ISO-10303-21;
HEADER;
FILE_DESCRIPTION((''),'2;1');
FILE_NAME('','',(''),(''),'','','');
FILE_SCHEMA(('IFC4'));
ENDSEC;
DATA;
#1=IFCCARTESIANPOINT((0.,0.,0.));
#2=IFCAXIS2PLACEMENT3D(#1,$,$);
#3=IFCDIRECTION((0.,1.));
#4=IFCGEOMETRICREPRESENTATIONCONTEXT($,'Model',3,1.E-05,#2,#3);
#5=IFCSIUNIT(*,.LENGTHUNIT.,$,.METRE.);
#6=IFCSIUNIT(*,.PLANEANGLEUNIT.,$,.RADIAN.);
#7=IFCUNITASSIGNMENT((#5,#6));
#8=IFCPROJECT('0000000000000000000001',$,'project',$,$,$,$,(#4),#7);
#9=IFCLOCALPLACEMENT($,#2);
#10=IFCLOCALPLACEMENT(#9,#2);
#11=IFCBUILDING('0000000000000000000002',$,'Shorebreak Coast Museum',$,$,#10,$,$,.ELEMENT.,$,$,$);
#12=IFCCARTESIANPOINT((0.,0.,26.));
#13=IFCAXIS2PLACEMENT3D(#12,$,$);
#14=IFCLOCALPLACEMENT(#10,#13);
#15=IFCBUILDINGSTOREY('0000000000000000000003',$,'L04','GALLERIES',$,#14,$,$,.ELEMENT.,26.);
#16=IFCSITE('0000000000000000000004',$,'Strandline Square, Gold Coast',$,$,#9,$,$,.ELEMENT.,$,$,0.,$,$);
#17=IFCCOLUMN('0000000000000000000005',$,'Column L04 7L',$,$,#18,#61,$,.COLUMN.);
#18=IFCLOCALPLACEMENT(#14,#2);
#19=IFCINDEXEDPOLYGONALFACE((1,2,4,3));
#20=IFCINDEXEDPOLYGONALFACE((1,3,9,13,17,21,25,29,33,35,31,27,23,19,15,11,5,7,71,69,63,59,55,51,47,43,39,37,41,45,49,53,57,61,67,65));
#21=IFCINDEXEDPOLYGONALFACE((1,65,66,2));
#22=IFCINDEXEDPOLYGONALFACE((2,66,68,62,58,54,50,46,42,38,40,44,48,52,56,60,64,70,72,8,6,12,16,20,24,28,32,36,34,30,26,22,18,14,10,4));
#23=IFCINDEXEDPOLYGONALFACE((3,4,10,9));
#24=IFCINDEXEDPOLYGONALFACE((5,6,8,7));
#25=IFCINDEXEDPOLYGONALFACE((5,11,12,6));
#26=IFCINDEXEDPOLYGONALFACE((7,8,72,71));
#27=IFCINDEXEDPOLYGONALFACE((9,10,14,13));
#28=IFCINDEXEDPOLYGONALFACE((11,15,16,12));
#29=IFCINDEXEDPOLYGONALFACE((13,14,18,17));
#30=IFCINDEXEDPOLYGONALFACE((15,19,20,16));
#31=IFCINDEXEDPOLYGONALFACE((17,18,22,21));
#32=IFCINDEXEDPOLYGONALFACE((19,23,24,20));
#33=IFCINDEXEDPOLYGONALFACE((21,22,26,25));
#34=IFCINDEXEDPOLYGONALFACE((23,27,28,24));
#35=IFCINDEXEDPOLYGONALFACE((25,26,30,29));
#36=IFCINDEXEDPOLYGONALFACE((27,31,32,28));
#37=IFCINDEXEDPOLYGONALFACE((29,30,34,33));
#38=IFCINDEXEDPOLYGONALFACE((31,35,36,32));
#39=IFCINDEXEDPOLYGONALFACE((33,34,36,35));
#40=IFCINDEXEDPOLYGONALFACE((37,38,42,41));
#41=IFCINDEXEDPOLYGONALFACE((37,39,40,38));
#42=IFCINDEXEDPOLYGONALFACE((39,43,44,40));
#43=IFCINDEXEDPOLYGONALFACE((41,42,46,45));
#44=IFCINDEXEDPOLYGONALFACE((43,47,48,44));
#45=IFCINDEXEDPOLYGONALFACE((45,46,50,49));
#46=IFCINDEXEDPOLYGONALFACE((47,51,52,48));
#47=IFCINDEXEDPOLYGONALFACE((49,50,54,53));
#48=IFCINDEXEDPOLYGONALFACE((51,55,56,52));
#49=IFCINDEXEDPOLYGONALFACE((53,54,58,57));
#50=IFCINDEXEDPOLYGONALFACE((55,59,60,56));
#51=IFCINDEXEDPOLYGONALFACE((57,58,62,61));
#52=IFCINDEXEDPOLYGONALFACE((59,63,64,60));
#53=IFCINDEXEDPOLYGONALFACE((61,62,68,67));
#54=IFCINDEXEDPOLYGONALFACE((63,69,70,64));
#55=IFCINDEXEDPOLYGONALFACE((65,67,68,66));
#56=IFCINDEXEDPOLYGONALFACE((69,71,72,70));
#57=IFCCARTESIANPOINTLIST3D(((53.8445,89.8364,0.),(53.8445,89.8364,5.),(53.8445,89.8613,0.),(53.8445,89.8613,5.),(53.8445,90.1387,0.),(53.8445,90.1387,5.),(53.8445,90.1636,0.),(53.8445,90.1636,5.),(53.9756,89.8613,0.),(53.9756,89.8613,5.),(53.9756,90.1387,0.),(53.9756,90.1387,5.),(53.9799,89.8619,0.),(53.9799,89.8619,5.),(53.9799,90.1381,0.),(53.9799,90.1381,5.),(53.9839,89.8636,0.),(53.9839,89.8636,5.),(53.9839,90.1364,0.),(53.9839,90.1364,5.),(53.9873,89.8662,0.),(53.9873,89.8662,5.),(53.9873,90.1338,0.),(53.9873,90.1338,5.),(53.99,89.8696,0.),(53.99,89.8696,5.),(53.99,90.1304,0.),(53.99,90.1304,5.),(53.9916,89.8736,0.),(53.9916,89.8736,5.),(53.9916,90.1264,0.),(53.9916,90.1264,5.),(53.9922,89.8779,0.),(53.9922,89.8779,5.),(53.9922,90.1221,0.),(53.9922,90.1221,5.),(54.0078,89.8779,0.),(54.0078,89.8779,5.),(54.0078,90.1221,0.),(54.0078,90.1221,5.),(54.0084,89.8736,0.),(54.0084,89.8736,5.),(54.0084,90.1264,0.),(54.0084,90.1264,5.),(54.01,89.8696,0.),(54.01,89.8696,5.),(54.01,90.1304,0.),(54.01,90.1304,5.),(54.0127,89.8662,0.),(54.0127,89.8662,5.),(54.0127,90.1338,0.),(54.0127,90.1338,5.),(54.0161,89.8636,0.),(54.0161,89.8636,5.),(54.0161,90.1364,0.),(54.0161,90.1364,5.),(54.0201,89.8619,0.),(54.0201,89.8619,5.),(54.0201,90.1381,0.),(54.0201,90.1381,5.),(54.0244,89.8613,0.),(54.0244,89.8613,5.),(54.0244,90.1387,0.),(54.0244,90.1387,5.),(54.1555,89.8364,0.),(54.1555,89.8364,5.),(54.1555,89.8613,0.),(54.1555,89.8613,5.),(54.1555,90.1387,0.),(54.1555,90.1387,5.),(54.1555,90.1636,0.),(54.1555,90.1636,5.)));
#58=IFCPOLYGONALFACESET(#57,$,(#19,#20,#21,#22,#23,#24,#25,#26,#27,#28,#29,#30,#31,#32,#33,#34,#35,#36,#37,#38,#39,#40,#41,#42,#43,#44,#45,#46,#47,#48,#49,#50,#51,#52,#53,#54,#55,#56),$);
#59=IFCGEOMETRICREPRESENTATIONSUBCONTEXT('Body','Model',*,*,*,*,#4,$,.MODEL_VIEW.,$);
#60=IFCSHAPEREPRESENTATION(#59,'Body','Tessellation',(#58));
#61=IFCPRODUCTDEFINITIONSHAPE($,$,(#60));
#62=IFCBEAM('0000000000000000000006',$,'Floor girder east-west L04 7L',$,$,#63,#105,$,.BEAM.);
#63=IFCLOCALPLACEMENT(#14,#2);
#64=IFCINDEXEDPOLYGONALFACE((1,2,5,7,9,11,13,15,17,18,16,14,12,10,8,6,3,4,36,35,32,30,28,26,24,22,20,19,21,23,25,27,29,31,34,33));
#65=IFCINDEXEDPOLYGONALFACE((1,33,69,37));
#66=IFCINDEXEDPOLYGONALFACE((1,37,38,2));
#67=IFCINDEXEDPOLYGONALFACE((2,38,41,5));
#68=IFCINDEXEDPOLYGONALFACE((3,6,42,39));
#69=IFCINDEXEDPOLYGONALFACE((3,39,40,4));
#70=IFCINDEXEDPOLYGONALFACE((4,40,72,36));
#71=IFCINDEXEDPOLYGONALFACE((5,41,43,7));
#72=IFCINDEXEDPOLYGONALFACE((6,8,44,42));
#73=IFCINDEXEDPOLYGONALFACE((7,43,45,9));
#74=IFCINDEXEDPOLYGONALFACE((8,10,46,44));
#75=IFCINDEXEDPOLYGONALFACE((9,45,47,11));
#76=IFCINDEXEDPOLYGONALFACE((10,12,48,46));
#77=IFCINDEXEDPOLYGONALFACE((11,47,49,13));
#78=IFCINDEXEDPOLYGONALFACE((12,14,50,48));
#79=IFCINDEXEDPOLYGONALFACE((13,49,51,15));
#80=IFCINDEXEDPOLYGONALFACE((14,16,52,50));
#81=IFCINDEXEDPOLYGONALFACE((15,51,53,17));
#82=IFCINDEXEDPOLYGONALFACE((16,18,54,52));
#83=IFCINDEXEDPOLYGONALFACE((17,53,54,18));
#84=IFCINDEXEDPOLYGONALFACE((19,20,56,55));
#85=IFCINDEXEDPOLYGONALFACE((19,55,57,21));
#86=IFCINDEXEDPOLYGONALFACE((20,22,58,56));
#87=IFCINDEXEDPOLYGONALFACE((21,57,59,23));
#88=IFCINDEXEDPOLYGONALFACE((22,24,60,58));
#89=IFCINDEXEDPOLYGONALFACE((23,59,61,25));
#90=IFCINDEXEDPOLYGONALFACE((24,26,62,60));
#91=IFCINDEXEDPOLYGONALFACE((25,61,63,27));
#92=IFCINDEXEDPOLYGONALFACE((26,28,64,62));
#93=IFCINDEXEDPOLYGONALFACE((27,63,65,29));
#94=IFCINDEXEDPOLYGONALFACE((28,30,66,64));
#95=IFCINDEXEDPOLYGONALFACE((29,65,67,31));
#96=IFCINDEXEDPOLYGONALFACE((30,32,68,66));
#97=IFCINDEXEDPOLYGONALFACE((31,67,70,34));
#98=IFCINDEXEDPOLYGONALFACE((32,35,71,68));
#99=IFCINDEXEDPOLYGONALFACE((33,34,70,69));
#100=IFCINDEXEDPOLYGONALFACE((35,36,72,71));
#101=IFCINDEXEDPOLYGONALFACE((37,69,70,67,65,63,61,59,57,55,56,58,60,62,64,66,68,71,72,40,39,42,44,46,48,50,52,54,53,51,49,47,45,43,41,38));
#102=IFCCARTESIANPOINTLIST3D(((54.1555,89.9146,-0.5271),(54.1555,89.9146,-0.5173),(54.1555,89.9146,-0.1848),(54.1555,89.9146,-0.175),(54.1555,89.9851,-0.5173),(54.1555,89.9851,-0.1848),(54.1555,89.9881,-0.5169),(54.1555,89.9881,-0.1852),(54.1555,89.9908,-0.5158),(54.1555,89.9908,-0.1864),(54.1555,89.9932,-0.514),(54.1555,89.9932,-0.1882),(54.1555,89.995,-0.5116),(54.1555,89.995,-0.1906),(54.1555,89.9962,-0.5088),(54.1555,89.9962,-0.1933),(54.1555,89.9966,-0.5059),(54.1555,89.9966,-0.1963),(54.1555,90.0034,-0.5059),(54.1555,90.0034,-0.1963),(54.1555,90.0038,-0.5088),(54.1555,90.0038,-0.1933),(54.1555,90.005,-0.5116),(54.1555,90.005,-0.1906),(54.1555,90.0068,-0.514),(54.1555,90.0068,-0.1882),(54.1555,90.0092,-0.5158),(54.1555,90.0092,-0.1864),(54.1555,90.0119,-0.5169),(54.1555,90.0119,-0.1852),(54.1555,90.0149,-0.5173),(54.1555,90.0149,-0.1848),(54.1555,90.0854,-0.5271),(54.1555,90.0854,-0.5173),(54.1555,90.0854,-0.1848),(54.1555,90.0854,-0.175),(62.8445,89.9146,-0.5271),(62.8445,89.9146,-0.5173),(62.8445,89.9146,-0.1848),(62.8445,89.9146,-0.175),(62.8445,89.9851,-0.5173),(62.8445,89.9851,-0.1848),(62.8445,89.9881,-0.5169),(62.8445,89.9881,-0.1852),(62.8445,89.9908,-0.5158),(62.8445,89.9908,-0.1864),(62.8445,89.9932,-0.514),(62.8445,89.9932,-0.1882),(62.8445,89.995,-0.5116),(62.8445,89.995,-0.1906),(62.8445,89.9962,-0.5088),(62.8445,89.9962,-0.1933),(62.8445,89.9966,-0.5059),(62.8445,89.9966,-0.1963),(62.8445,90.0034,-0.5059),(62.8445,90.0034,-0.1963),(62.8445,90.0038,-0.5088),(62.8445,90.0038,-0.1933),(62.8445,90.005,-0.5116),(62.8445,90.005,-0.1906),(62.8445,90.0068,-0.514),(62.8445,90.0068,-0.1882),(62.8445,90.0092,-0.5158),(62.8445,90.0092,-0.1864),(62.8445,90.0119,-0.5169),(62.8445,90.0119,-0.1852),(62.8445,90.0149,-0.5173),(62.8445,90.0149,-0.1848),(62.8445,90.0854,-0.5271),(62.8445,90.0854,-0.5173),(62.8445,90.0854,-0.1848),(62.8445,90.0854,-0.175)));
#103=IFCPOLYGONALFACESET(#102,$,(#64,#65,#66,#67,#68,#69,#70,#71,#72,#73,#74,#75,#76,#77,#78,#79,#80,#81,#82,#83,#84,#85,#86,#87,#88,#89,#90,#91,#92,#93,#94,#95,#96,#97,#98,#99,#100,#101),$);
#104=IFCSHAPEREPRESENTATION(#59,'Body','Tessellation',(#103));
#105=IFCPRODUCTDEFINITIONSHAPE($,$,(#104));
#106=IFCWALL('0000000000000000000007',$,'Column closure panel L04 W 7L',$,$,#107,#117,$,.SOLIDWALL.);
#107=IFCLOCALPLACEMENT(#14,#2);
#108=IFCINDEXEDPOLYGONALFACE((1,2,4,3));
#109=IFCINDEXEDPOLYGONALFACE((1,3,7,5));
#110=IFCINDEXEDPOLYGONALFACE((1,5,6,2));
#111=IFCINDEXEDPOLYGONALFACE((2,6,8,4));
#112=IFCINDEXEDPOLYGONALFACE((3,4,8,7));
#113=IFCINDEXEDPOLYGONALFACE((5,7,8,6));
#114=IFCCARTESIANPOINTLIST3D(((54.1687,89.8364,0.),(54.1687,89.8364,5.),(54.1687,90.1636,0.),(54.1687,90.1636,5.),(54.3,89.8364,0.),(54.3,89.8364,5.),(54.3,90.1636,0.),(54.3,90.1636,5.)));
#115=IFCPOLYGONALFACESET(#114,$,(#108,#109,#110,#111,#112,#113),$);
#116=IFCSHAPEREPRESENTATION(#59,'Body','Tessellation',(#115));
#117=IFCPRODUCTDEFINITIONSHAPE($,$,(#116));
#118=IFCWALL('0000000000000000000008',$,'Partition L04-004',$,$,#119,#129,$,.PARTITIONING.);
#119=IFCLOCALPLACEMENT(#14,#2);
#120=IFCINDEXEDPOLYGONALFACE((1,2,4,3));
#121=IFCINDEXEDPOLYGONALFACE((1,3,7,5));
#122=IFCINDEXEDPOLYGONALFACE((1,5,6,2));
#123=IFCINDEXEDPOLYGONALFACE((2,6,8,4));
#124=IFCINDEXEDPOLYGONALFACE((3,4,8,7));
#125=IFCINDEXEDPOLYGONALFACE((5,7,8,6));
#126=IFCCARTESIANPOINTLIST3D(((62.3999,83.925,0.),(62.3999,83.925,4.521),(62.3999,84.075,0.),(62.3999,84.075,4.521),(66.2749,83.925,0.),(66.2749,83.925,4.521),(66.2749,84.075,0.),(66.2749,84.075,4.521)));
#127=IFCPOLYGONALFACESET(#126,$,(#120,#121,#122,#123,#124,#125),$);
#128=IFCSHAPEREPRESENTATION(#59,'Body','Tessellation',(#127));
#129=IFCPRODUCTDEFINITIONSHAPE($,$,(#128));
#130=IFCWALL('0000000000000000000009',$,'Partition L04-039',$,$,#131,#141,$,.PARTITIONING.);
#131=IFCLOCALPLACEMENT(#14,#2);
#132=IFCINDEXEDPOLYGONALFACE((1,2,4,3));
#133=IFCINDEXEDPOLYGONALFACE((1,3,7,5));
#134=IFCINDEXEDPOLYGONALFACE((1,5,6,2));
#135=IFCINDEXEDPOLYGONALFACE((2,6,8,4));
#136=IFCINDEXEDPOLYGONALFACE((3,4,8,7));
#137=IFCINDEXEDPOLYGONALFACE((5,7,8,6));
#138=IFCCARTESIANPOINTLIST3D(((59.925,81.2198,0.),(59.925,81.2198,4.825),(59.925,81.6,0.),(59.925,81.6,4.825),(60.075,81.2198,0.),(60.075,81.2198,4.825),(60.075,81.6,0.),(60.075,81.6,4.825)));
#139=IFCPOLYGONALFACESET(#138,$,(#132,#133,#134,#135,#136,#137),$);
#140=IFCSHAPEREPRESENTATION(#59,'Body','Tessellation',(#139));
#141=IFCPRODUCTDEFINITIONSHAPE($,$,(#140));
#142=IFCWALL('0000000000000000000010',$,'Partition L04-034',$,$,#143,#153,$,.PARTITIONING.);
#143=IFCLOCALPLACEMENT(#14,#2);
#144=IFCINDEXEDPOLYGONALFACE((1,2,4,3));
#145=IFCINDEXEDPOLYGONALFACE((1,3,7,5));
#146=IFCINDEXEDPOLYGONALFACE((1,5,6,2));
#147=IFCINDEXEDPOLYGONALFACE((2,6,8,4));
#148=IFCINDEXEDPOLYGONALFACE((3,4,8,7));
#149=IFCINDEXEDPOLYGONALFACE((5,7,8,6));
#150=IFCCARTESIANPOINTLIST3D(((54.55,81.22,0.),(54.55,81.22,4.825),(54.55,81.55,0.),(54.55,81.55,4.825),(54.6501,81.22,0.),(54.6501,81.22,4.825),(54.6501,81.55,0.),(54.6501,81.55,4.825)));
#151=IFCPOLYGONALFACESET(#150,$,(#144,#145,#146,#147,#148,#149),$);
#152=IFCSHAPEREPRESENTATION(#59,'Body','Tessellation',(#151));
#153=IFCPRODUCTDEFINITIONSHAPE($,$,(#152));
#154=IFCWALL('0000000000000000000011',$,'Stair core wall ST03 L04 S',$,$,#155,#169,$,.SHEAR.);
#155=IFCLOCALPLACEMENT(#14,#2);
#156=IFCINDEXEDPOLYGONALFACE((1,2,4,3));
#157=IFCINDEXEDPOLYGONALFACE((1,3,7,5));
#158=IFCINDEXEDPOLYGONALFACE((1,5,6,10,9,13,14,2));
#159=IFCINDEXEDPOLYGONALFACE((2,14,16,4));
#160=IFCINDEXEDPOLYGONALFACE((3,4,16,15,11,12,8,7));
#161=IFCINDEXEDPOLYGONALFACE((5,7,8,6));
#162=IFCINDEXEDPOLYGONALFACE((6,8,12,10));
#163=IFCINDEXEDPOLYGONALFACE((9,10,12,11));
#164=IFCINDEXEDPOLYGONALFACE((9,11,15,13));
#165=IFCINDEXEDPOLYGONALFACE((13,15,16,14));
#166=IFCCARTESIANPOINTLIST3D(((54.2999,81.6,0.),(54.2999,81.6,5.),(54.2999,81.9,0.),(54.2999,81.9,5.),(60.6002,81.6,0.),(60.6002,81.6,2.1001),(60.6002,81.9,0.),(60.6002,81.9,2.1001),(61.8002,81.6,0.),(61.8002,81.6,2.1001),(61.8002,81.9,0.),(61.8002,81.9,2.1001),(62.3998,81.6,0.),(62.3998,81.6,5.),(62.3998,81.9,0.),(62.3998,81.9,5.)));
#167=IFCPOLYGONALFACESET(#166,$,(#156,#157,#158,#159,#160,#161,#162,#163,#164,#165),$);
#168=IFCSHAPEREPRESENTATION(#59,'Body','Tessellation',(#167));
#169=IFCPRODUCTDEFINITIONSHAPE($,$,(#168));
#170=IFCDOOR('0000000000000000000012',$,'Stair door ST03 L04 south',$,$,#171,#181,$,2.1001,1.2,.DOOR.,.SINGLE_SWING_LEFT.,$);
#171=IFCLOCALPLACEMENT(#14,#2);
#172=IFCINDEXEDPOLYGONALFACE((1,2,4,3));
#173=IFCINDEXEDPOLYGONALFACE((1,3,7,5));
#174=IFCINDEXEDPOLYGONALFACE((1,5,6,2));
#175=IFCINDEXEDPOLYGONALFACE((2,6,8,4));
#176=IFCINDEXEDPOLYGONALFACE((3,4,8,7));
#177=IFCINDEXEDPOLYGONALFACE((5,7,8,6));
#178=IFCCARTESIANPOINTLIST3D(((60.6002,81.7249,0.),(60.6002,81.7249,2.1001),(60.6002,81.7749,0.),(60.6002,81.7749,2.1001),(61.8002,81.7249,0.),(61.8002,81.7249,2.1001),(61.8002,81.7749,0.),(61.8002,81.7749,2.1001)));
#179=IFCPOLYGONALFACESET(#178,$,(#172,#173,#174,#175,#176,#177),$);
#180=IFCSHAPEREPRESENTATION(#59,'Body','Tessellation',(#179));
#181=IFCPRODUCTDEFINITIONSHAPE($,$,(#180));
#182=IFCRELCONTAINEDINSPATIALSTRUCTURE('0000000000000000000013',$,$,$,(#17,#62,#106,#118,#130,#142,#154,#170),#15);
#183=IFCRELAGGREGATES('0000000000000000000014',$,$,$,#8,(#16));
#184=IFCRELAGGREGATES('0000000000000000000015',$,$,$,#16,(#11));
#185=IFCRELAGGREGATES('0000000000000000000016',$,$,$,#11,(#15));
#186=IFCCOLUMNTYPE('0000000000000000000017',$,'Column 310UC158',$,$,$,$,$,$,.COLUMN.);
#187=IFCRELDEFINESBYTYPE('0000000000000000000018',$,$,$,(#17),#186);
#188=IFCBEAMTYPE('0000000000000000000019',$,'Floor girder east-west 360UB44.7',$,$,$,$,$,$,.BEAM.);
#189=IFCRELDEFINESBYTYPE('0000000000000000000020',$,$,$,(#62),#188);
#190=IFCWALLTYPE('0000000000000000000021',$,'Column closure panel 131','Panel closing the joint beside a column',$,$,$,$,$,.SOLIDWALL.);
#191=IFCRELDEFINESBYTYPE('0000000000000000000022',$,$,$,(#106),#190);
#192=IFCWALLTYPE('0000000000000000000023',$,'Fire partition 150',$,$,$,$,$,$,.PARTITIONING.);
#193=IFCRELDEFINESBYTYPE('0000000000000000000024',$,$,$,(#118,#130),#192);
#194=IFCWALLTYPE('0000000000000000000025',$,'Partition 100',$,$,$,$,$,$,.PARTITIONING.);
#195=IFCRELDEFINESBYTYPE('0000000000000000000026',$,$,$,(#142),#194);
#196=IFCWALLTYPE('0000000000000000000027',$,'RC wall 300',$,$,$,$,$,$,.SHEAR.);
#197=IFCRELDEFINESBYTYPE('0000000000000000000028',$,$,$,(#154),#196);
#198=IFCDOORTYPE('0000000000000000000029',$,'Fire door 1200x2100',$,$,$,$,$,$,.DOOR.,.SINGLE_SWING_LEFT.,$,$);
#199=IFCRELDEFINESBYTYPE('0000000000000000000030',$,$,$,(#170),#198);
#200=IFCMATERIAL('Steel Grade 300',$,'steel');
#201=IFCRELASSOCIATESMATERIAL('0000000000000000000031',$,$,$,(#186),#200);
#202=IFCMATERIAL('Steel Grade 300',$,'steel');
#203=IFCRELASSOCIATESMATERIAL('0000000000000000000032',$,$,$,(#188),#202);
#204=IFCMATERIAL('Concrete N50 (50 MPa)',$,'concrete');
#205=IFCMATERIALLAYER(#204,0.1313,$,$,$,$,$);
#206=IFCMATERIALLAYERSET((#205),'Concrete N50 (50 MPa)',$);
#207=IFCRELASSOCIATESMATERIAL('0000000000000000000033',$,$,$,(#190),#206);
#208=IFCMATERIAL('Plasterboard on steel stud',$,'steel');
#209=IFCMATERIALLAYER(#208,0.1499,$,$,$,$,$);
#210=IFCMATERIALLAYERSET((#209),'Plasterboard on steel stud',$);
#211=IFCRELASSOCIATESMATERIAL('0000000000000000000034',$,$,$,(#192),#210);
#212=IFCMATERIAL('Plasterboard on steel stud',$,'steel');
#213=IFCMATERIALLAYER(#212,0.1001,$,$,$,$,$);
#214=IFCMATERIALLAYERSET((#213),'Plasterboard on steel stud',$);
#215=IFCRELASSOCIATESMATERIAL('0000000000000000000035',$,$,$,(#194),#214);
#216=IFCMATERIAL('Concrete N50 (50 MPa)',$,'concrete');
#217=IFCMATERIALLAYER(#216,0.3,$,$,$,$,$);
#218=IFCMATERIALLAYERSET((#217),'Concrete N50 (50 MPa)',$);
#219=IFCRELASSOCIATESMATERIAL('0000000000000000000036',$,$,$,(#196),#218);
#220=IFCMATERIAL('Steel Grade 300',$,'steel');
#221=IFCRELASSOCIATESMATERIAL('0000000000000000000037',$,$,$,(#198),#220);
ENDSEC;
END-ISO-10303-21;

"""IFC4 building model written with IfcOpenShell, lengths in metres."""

from ifc_helpers import new_model, si_unit, direction, frame, frame_2d, origin, origin_2d, place, context, subcontext, project, spatial, rectangle, i_section, extrude, material, layer, layer_set, material_profile, profile_set, type_object, element, fill, save


model = new_model("IFC4")

# Units and contexts
model_context = context("Model", 3, precision=1e-05, world=origin(), true_north=direction((0.0, 1.0)))
body_context = subcontext(model_context, "Body", "Model", "MODEL_VIEW")
ifc_project = project(units=[si_unit("LENGTHUNIT", "METRE"), si_unit("PLANEANGLEUNIT", "RADIAN")], contexts=[model_context])

# Site, building, storey
site_placement = place(None, origin())
site = spatial("IfcSite", under=ifc_project, at=site_placement, Name="Strandline Square, Gold Coast", CompositionType="ELEMENT", RefElevation=0.0)
building_placement = place(site_placement, origin())
building = spatial("IfcBuilding", under=site, at=building_placement, Name="Shorebreak Coast Museum", CompositionType="ELEMENT")
storey_placement = place(building_placement, frame((0.0, 0.0, 26.0)))
storey = spatial("IfcBuildingStorey", under=building, at=storey_placement, Name="L04", Description="GALLERIES", CompositionType="ELEMENT", Elevation=26.0)

# Column
ifc_material_1 = material(Name="Steel Grade 300", Category="steel")
ifc_material_profile_1 = material_profile(ifc_material_1, i_section(OverallWidth=0.311, OverallDepth=0.3271, WebThickness=0.0156, FlangeThickness=0.0249, FilletRadius=0.0166, at=origin_2d()), Name="310UC158")
ifc_profile_set_1 = profile_set([ifc_material_profile_1], Name="Steel Grade 300")
column_type = type_object("IfcColumnType", Name="Column 310UC158", PredefinedType="COLUMN", material=ifc_profile_set_1)
column_placement = place(storey_placement, frame((54.0, 90.0, 0.0), z_axis=(0.0, 0.0, 1.0), x_axis=(1.0, 0.0, 0.0)))
element("IfcColumn", 1, at=column_placement, inside=storey, type_object=column_type, Name="Column L04 7L", PredefinedType="COLUMN", context=body_context, shape_type="SweptSolid", body=[
    extrude(i_section(OverallWidth=0.311, OverallDepth=0.3271, WebThickness=0.0156, FlangeThickness=0.0249, FilletRadius=0.0166, at=origin_2d()), origin(), (0.0, 0.0, 1.0), 5.0),
])

# Beam
ifc_material_2 = material(Name="Steel Grade 300", Category="steel")
ifc_material_profile_2 = material_profile(ifc_material_2, i_section(OverallWidth=0.1709, OverallDepth=0.3521, WebThickness=0.0068, FlangeThickness=0.0098, FilletRadius=0.0115, at=origin_2d()), Name="360UB44.7")
ifc_profile_set_2 = profile_set([ifc_material_profile_2], Name="Steel Grade 300")
beam_type = type_object("IfcBeamType", Name="Floor girder east-west 360UB44.7", PredefinedType="BEAM", material=ifc_profile_set_2)
beam_placement = place(storey_placement, frame((54.1555, 90.0, -0.3511), z_axis=(1.0, 0.0, 0.0), x_axis=(0.0, 1.0, 0.0)))
element("IfcBeam", 2, at=beam_placement, inside=storey, type_object=beam_type, Name="Floor girder east-west L04 7L", PredefinedType="BEAM", context=body_context, shape_type="SweptSolid", body=[
    extrude(i_section(OverallWidth=0.1709, OverallDepth=0.3521, WebThickness=0.0068, FlangeThickness=0.0098, FilletRadius=0.0115, at=origin_2d()), origin(), (0.0, 0.0, 1.0), 8.689),
])

# Walls
ifc_material_3 = material(Name="Concrete N50 (50 MPa)", Category="concrete")
ifc_layer_1 = layer(ifc_material_3, 0.1313)
ifc_layer_set_1 = layer_set([ifc_layer_1], Name="Concrete N50 (50 MPa)")
wall_type_1 = type_object("IfcWallType", Name="Column closure panel 131", Description="Panel closing the joint beside a column", PredefinedType="SOLIDWALL", material=ifc_layer_set_1)
wall_1_placement = place(storey_placement, frame((54.2344, 89.8364, 0.0), z_axis=(0.0, 0.0, 1.0), x_axis=(0.0, 1.0, 0.0)))
element("IfcWall", 3, at=wall_1_placement, inside=storey, type_object=wall_type_1, Name="Column closure panel L04 W 7L", PredefinedType="SOLIDWALL", context=body_context, shape_type="SweptSolid", body=[
    extrude(rectangle(XDim=0.3271, YDim=0.1313, at=frame_2d((0.1636, 0.0))), origin(), (0.0, 0.0, 1.0), 5.0),
])
ifc_material_4 = material(Name="Plasterboard on steel stud", Category="steel")
ifc_layer_2 = layer(ifc_material_4, 0.1499)
ifc_layer_set_2 = layer_set([ifc_layer_2], Name="Plasterboard on steel stud")
wall_type_2 = type_object("IfcWallType", Name="Fire partition 150", PredefinedType="PARTITIONING", material=ifc_layer_set_2)
wall_2_placement = place(storey_placement, frame((62.3999, 84.0, 0.0), z_axis=(0.0, 0.0, 1.0), x_axis=(1.0, 0.0, 0.0)))
element("IfcWall", 4, at=wall_2_placement, inside=storey, type_object=wall_type_2, Name="Partition L04-004", PredefinedType="PARTITIONING", context=body_context, shape_type="SweptSolid", body=[
    extrude(rectangle(XDim=3.875, YDim=0.1499, at=frame_2d((1.9375, 0.0))), origin(), (0.0, 0.0, 1.0), 4.521),
])
wall_3_placement = place(storey_placement, frame((60.0, 81.22, 0.0), z_axis=(0.0, 0.0, 1.0), x_axis=(0.0, 1.0, 0.0)))
element("IfcWall", 5, at=wall_3_placement, inside=storey, type_object=wall_type_2, Name="Partition L04-039", PredefinedType="PARTITIONING", context=body_context, shape_type="SweptSolid", body=[
    extrude(rectangle(XDim=0.3801, YDim=0.1499, at=frame_2d((0.1899, 0.0))), origin(), (0.0, 0.0, 1.0), 4.825),
])
ifc_material_5 = material(Name="Plasterboard on steel stud", Category="steel")
ifc_layer_3 = layer(ifc_material_5, 0.1001)
ifc_layer_set_3 = layer_set([ifc_layer_3], Name="Plasterboard on steel stud")
wall_type_3 = type_object("IfcWallType", Name="Partition 100", PredefinedType="PARTITIONING", material=ifc_layer_set_3)
wall_4_placement = place(storey_placement, frame((54.6001, 81.22, 0.0), z_axis=(0.0, 0.0, 1.0), x_axis=(0.0, 1.0, 0.0)))
element("IfcWall", 6, at=wall_4_placement, inside=storey, type_object=wall_type_3, Name="Partition L04-034", PredefinedType="PARTITIONING", context=body_context, shape_type="SweptSolid", body=[
    extrude(rectangle(XDim=0.3301, YDim=0.1001, at=frame_2d((0.165, 0.0))), origin(), (0.0, 0.0, 1.0), 4.825),
])

# Wall, opening, door
ifc_material_6 = material(Name="Concrete N50 (50 MPa)", Category="concrete")
ifc_layer_4 = layer(ifc_material_6, 0.3)
ifc_layer_set_4 = layer_set([ifc_layer_4], Name="Concrete N50 (50 MPa)")
wall_type_4 = type_object("IfcWallType", Name="RC wall 300", PredefinedType="SHEAR", material=ifc_layer_set_4)
wall_5_placement = place(storey_placement, frame((54.3, 81.75, 0.0), z_axis=(0.0, 0.0, 1.0), x_axis=(1.0, 0.0, 0.0)))
wall_5 = element("IfcWall", 7, at=wall_5_placement, inside=storey, type_object=wall_type_4, Name="Stair core wall ST03 L04 S", PredefinedType="SHEAR", context=body_context, shape_type="SweptSolid", body=[
    extrude(rectangle(XDim=8.0999, YDim=0.3, at=frame_2d((4.0498, 0.0))), origin(), (0.0, 0.0, 1.0), 5.0),
])
opening_1_placement = place(wall_5_placement, frame((6.3, 0.0, 0.0)))
opening_1 = element("IfcOpeningElement", 8, at=opening_1_placement, cuts=wall_5, PredefinedType="OPENING", context=body_context, shape_type="SweptSolid", body=[
    extrude(rectangle(XDim=1.2, YDim=2.1001, at=frame_2d((0.6001, 1.05))), frame((0.0, 0.1599, 0.0), z_axis=(0.0, -1.0, 0.0), x_axis=(1.0, 0.0, 0.0)), (0.0, 0.0, 1.0), 0.3201),
])
ifc_material_7 = material(Name="Steel Grade 300", Category="steel")
door_type = type_object("IfcDoorType", Name="Fire door 1200x2100", OperationType="SINGLE_SWING_LEFT", PredefinedType="DOOR", material=ifc_material_7)
door_1_placement = place(opening_1_placement, origin())
door_1 = element("IfcDoor", 9, at=door_1_placement, inside=storey, type_object=door_type, Name="Stair door ST03 L04 south", OperationType="SINGLE_SWING_LEFT", OverallHeight=2.1001, OverallWidth=1.2, PredefinedType="DOOR", context=body_context, shape_type="SweptSolid", body=[
    extrude(rectangle(XDim=1.2, YDim=2.1001, at=frame_2d((0.6001, 1.05))), frame((0.0, 0.0249, 0.0), z_axis=(0.0, -1.0, 0.0), x_axis=(1.0, 0.0, 0.0)), (0.0, 0.0, 1.0), 0.05),
])
fill(opening_1, door_1)

save(model, "model.ifc")
